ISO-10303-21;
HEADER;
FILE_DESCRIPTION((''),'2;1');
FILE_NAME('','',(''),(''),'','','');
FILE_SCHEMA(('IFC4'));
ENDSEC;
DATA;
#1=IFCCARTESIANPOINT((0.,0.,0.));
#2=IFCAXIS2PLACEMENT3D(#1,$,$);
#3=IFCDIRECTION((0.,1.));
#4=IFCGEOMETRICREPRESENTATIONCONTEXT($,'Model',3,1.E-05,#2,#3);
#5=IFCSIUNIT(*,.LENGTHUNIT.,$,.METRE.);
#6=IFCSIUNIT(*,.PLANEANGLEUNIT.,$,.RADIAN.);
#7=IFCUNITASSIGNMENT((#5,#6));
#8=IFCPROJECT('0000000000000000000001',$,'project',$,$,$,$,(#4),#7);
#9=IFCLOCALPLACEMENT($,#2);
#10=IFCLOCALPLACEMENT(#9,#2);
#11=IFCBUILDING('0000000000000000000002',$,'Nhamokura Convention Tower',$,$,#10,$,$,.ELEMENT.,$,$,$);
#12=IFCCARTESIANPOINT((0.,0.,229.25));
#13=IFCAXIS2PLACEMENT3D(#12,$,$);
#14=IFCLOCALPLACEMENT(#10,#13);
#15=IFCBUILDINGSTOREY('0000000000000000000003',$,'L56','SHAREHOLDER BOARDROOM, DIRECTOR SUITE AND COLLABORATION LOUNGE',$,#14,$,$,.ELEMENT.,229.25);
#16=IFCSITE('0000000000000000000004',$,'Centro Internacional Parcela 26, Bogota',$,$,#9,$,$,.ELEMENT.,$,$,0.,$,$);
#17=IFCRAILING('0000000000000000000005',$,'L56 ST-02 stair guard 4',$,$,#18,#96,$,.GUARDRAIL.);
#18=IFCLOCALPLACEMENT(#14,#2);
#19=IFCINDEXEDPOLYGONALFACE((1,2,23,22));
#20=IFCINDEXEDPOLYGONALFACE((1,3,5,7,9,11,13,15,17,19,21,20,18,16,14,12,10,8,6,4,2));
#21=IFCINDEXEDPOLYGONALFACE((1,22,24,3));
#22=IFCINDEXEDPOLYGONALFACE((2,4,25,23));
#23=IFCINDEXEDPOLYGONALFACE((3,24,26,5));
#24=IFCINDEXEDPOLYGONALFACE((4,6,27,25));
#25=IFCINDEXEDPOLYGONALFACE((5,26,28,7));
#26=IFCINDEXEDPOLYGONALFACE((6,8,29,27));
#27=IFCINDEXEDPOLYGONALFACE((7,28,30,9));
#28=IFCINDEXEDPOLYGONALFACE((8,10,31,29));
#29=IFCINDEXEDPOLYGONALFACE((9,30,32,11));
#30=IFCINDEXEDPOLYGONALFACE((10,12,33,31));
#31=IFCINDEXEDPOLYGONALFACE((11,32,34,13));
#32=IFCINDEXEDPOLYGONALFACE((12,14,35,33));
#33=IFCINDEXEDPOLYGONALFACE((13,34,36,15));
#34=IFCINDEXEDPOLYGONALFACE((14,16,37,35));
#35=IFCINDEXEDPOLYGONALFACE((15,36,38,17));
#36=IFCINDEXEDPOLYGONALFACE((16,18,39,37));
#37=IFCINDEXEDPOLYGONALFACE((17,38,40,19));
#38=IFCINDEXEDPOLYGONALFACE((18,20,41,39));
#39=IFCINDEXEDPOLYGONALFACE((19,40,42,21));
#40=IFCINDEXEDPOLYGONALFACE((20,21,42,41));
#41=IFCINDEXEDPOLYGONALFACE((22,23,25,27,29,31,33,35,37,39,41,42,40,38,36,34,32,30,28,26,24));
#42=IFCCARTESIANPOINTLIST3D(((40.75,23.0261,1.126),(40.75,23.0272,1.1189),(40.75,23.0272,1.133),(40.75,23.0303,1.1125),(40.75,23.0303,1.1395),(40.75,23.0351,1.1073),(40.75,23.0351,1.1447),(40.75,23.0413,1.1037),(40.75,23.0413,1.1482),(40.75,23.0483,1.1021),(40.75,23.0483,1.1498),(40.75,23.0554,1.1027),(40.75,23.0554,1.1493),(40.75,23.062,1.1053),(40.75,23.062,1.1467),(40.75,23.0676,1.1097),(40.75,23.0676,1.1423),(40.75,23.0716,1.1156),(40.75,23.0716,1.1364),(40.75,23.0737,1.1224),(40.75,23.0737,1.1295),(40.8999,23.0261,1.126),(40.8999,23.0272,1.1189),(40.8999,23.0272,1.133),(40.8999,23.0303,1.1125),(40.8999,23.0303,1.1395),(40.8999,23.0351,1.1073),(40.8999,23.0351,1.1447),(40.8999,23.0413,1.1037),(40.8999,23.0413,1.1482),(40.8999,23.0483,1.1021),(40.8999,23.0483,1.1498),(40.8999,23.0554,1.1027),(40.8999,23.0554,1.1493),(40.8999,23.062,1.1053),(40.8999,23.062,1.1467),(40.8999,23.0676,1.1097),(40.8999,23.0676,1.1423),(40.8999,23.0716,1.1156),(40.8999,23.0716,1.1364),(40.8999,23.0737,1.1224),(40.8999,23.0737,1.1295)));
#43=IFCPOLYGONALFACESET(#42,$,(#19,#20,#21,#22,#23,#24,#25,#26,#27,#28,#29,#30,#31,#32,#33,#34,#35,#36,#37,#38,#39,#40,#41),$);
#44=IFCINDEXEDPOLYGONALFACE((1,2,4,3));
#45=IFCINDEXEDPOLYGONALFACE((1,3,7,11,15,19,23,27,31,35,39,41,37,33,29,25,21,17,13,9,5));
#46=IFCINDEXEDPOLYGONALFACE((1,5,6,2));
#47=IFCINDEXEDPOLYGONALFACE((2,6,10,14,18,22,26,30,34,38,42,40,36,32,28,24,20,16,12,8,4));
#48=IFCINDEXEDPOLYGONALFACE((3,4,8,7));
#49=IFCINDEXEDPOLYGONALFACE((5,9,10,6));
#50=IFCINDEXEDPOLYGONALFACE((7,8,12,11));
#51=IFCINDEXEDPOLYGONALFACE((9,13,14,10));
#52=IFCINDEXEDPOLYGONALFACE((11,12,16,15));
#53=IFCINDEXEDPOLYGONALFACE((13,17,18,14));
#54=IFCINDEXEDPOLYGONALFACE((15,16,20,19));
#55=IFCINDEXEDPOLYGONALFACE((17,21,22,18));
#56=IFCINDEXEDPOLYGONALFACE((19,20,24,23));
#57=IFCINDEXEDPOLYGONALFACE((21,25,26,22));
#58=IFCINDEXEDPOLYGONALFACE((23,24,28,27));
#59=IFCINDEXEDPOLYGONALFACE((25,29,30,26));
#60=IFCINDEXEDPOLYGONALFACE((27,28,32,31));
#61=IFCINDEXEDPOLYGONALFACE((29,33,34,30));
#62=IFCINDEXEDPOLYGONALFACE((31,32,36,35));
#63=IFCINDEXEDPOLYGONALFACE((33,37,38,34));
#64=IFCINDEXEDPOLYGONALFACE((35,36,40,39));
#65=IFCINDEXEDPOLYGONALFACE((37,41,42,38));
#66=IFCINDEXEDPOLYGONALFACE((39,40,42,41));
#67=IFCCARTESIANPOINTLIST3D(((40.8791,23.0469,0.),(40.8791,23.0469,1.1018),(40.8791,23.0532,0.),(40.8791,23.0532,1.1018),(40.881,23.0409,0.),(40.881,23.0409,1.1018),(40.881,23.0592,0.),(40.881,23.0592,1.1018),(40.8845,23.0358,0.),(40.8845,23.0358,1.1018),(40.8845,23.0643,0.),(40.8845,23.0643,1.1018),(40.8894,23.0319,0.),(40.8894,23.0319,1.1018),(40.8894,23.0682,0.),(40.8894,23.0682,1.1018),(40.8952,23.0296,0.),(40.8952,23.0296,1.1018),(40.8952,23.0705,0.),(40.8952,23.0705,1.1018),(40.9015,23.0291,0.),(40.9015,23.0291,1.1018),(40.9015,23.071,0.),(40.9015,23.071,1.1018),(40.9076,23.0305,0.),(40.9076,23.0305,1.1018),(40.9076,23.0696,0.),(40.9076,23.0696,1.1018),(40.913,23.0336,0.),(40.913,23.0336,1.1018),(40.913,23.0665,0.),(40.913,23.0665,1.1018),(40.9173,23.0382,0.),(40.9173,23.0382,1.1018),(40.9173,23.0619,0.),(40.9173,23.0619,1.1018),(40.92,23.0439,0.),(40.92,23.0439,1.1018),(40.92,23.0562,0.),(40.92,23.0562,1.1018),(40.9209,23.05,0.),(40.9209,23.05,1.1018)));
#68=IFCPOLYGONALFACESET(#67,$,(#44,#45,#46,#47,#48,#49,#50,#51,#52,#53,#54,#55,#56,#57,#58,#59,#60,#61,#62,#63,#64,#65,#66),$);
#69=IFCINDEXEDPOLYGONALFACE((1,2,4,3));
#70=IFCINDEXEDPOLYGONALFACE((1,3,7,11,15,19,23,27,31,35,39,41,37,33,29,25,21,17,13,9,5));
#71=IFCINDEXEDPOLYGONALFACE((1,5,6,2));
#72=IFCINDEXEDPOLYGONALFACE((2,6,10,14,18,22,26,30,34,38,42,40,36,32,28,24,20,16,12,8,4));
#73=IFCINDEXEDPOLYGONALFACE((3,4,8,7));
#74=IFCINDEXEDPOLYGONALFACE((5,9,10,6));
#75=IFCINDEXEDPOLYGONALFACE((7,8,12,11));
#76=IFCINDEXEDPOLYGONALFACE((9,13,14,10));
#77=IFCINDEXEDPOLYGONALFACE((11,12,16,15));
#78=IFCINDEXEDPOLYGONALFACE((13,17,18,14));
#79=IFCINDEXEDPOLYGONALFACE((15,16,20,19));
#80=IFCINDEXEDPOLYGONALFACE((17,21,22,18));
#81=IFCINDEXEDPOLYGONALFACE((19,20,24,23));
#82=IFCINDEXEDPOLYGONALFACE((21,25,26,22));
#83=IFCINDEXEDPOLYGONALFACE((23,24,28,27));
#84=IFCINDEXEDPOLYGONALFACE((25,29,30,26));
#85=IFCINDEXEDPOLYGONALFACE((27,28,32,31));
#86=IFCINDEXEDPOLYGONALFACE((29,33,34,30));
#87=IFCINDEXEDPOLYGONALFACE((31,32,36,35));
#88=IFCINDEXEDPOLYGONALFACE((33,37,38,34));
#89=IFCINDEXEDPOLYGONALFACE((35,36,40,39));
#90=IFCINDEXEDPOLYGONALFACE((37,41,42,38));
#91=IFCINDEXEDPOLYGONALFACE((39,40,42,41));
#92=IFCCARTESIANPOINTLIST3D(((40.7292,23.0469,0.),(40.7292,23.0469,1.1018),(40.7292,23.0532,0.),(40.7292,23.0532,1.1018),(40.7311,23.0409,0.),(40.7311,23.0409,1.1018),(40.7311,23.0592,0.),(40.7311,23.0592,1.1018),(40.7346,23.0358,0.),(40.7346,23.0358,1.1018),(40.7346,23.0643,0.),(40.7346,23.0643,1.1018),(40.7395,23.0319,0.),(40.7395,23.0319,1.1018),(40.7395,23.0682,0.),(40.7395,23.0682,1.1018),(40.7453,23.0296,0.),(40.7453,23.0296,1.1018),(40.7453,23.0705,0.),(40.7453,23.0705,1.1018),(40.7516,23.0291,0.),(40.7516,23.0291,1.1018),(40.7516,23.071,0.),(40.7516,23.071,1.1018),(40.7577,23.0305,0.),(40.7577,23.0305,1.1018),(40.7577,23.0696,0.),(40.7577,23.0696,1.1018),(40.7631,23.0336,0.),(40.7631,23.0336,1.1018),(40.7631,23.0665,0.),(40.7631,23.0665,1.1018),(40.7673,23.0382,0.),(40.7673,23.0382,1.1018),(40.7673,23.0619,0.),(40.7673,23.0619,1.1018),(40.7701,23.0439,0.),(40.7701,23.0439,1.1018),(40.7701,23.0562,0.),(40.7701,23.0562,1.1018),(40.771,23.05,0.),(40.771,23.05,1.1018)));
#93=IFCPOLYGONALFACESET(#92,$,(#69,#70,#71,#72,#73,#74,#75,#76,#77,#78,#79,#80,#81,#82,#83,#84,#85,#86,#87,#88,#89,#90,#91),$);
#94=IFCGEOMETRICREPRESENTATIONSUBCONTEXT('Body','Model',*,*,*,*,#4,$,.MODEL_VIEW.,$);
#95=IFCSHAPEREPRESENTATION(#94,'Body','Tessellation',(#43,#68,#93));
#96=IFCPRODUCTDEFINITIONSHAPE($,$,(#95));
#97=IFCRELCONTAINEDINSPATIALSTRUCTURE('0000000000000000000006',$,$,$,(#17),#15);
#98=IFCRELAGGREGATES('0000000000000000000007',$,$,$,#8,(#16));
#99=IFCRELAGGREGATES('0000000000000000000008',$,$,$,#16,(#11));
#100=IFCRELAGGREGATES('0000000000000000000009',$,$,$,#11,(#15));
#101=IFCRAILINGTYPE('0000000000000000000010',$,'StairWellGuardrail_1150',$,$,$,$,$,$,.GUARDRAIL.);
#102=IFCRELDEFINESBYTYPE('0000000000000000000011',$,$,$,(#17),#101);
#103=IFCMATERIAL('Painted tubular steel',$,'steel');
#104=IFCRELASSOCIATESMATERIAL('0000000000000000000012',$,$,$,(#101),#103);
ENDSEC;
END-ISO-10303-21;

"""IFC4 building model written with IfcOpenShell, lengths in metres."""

from ifc_helpers import new_model, si_unit, direction, frame, origin, origin_2d, place, context, subcontext, project, spatial, circle, extrude, material, type_object, element, save


model = new_model("IFC4")

# Units and contexts
model_context = context("Model", 3, precision=1e-05, world=origin(), true_north=direction((0.0, 1.0)))
body_context = subcontext(model_context, "Body", "Model", "MODEL_VIEW")
ifc_project = project(units=[si_unit("LENGTHUNIT", "METRE"), si_unit("PLANEANGLEUNIT", "RADIAN")], contexts=[model_context])

# Site, building, storey
site_placement = place(None, origin())
site = spatial("IfcSite", under=ifc_project, at=site_placement, Name="Centro Internacional Parcela 26, Bogota", CompositionType="ELEMENT", RefElevation=0.0)
building_placement = place(site_placement, origin())
building = spatial("IfcBuilding", under=site, at=building_placement, Name="Nhamokura Convention Tower", CompositionType="ELEMENT")
storey_placement = place(building_placement, frame((0.0, 0.0, 229.25)))
storey = spatial("IfcBuildingStorey", under=building, at=storey_placement, Name="L56", Description="SHAREHOLDER BOARDROOM, DIRECTOR SUITE AND COLLABORATION LOUNGE", CompositionType="ELEMENT", Elevation=229.25)

# Railing
ifc_material_1 = material(Name="Painted tubular steel", Category="steel")
railing_type_1 = type_object("IfcRailingType", Name="StairWellGuardrail_1150", PredefinedType="GUARDRAIL", material=ifc_material_1)
railing_1_placement = place(storey_placement, frame((40.8999, 23.05, 0.0)))
element("IfcRailing", 1, at=railing_1_placement, inside=storey, type_object=railing_type_1, Name="L56 ST-02 stair guard 4", PredefinedType="GUARDRAIL", context=body_context, shape_type="SweptSolid", body=[
    extrude(circle(Radius=0.0239, at=origin_2d()), frame((0.0, 0.0, 1.126), z_axis=(-1.0, 0.0, 0.0), x_axis=(0.0, -1.0, 0.0)), (0.0, 0.0, 1.0), 0.1499),
    extrude(circle(Radius=0.021, at=origin_2d()), origin(), (0.0, 0.0, 1.0), 1.1018),
    extrude(circle(Radius=0.021, at=origin_2d()), frame((-0.1499, 0.0, 0.0)), (0.0, 0.0, 1.0), 1.1018),
])

save(model, "model.ifc")
